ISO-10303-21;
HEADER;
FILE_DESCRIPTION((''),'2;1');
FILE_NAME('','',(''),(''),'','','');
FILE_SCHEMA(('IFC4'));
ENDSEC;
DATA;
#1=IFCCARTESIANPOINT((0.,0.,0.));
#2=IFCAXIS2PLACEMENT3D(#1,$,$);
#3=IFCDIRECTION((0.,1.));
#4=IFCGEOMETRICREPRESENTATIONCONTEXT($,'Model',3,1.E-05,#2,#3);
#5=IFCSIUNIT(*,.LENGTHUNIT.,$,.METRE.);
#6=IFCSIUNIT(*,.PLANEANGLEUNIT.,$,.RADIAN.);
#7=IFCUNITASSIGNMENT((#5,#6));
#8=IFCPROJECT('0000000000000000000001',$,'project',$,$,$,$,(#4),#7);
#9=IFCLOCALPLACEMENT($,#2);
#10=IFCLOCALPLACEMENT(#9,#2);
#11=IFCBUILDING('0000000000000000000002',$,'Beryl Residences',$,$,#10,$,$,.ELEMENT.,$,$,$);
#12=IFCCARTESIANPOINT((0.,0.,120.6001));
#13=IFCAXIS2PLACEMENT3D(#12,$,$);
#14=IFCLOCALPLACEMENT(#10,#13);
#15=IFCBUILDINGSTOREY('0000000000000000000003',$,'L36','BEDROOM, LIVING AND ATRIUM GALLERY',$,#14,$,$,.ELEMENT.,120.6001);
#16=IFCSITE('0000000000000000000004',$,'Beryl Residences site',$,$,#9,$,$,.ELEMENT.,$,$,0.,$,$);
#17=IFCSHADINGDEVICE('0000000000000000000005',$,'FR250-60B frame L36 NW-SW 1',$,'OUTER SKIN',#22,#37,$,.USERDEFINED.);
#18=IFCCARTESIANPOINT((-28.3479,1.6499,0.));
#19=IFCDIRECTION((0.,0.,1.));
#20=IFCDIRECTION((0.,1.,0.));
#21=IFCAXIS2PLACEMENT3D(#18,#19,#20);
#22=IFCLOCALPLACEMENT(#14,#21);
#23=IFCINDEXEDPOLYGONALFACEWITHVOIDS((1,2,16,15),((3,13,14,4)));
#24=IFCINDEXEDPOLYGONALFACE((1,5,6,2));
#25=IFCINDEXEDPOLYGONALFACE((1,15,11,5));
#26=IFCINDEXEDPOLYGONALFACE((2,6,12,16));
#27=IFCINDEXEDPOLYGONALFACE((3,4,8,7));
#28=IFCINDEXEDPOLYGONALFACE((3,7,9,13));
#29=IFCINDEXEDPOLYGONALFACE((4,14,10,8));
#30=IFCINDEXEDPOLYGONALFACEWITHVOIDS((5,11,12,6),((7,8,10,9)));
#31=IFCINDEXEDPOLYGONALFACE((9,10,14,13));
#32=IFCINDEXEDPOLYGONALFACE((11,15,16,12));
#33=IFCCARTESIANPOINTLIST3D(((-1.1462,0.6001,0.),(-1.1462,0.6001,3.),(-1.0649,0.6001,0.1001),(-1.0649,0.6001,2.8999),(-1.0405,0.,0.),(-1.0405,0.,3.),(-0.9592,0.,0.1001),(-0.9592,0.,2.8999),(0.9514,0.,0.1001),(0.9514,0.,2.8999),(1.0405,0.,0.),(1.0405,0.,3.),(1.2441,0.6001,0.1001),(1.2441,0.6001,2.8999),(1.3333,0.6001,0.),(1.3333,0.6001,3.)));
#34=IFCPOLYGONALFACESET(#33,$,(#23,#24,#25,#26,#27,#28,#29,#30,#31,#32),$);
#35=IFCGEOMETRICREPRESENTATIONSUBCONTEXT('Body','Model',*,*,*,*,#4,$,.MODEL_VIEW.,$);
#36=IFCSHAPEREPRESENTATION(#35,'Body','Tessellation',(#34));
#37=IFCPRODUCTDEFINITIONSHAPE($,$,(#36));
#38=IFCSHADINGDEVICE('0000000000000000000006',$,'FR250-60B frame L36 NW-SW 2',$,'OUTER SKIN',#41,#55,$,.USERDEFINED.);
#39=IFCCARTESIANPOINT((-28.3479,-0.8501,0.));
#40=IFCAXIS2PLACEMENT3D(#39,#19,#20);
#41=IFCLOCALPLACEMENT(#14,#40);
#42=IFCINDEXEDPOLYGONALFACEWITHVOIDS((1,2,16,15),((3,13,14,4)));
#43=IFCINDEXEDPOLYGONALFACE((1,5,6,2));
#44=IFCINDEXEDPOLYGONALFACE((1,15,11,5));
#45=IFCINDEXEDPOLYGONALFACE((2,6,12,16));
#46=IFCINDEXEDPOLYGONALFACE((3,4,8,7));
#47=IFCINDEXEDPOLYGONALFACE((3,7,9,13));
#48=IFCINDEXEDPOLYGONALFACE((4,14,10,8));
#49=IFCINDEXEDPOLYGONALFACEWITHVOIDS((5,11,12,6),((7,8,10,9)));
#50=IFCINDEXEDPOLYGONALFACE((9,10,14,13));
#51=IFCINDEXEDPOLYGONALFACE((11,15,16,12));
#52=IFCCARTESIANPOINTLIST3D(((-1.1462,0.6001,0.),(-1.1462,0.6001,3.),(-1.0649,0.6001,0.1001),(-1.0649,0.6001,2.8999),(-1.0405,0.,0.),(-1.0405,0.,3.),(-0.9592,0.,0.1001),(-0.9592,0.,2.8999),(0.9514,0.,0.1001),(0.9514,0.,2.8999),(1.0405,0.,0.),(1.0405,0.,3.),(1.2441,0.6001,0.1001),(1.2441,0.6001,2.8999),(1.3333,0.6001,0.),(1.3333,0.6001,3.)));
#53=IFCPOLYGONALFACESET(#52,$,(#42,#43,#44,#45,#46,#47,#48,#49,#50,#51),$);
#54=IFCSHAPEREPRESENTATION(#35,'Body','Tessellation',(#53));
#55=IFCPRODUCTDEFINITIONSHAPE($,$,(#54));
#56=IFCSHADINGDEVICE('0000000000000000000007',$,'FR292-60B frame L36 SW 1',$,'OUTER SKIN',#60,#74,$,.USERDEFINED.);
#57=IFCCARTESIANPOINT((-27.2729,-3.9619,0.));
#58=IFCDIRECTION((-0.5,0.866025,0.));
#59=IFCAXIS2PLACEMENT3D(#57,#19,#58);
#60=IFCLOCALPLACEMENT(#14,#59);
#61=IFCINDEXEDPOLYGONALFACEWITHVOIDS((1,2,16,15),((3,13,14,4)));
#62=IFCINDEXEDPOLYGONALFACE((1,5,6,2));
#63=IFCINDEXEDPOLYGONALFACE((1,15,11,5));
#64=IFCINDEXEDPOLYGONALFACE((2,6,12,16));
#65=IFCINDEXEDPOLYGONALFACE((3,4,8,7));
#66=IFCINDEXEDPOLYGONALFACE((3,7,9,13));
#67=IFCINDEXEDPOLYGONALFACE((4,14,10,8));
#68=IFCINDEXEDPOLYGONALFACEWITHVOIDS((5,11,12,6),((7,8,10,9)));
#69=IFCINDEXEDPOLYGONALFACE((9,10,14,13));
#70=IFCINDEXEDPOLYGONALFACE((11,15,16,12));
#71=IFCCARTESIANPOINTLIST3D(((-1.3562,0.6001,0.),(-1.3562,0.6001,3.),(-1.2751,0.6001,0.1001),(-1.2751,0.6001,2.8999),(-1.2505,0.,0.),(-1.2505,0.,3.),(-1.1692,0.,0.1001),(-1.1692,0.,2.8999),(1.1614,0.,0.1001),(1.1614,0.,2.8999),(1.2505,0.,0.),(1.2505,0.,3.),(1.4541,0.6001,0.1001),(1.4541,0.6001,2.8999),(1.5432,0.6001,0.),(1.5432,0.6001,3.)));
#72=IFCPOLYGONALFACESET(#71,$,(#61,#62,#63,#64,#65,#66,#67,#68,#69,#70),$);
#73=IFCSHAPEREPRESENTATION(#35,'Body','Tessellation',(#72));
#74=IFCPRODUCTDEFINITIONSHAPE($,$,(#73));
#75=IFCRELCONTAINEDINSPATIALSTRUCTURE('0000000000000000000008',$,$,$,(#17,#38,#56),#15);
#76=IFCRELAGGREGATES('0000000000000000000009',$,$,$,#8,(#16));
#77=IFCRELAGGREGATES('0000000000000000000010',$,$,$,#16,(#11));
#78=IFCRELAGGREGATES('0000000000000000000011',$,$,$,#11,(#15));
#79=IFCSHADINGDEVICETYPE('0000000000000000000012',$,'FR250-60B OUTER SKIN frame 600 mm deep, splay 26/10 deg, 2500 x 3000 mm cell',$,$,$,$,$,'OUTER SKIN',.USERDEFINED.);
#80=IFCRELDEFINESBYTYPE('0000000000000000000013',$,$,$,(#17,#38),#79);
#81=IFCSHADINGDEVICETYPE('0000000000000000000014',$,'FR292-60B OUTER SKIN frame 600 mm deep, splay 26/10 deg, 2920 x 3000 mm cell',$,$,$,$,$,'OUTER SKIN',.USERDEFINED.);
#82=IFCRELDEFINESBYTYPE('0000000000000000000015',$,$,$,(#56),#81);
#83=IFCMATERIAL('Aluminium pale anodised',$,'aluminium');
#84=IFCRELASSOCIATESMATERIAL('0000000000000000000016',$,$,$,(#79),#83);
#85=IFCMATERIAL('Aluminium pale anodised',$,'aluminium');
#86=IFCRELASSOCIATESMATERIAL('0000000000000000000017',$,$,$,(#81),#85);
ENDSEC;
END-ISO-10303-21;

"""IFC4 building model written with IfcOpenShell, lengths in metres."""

from ifc_helpers import new_model, entity, si_unit, direction, frame, origin, place, context, subcontext, project, spatial, source, transform, mapped, material, type_object, type_shapes, element, save


model = new_model("IFC4")

# Units and contexts
model_context = context("Model", 3, precision=1e-05, world=origin(), true_north=direction((0.0, 1.0)))
body_context = subcontext(model_context, "Body", "Model", "MODEL_VIEW")
ifc_project = project(units=[si_unit("LENGTHUNIT", "METRE"), si_unit("PLANEANGLEUNIT", "RADIAN")], contexts=[model_context])

# Site, building, storey
site_placement = place(None, origin())
site = spatial("IfcSite", under=ifc_project, at=site_placement, Name="Beryl Residences site", CompositionType="ELEMENT", RefElevation=0.0)
building_placement = place(site_placement, origin())
building = spatial("IfcBuilding", under=site, at=building_placement, Name="Beryl Residences", CompositionType="ELEMENT")
storey_placement = place(building_placement, frame((0.0, 0.0, 120.6001)))
storey = spatial("IfcBuildingStorey", under=building, at=storey_placement, Name="L36", Description="BEDROOM, LIVING AND ATRIUM GALLERY", CompositionType="ELEMENT", Elevation=120.6001)

# Shading devices
ifc_material_1 = material(Name="Aluminium pale anodised", Category="aluminium")
shading_device_type_1 = type_object("IfcShadingDeviceType", Name="FR250-60B OUTER SKIN frame 600 mm deep, splay 26/10 deg, 2500 x 3000 mm cell", ElementType="OUTER SKIN", PredefinedType="USERDEFINED", material=ifc_material_1)
cartesian_point_1 = entity("IfcCartesianPoint", [-1.0405, 0.0])
cartesian_point_2 = entity("IfcCartesianPoint", [-0.9514, 0.1001])
cartesian_point_3 = entity("IfcCartesianPoint", [-1.3333, 0.0])
cartesian_point_4 = entity("IfcCartesianPoint", [-1.2441, 0.1001])
shared_shape_1 = source(origin(), body_context, "Body", "SweptSolid", [
    entity("IfcExtrudedAreaSolidTapered", entity("IfcArbitraryProfileDefWithVoids", "AREA", None, entity("IfcPolyline", [cartesian_point_1, entity("IfcCartesianPoint", [1.0405, 0.0]), entity("IfcCartesianPoint", [1.0405, 3.0]), entity("IfcCartesianPoint", [-1.0405, 3.0]), cartesian_point_1]), [entity("IfcPolyline", [cartesian_point_2, entity("IfcCartesianPoint", [0.9592, 0.1001]), entity("IfcCartesianPoint", [0.9592, 2.8999]), entity("IfcCartesianPoint", [-0.9514, 2.8999]), cartesian_point_2])]), entity("IfcAxis2Placement3D", entity("IfcCartesianPoint", [0.0, 0.0, 0.0]), entity("IfcDirection", [0.0, 1.0, 0.0]), entity("IfcDirection", [-1.0, 0.0, 0.0])), entity("IfcDirection", [0.0, 0.0, 1.0]), 0.6001, entity("IfcArbitraryProfileDefWithVoids", "AREA", None, entity("IfcPolyline", [cartesian_point_3, entity("IfcCartesianPoint", [1.1462, 0.0]), entity("IfcCartesianPoint", [1.1462, 3.0]), entity("IfcCartesianPoint", [-1.3333, 3.0]), cartesian_point_3]), [entity("IfcPolyline", [cartesian_point_4, entity("IfcCartesianPoint", [1.0649, 0.1001]), entity("IfcCartesianPoint", [1.0649, 2.8999]), entity("IfcCartesianPoint", [-1.2441, 2.8999]), cartesian_point_4])])),
])
type_shapes(shading_device_type_1, [shared_shape_1])
for number, where, z_axis, x_axis, name in (
    (1, (-28.3479, 1.6499, 0.0), (0.0, 0.0, 1.0), (0.0, 1.0, 0.0), "FR250-60B frame L36 NW-SW 1"),
    (2, (-28.3479, -0.8501, 0.0), (0.0, 0.0, 1.0), (0.0, 1.0, 0.0), "FR250-60B frame L36 NW-SW 2"),
):
    element("IfcShadingDevice", number, at=place(storey_placement, frame(where, z_axis=z_axis, x_axis=x_axis)), inside=storey, type_object=shading_device_type_1, Name=name, ObjectType="OUTER SKIN", PredefinedType="USERDEFINED", context=body_context, shape_type="MappedRepresentation", body=[
        mapped(shared_shape_1, transform((0.0, 0.0, 0.0))),
    ])
ifc_material_2 = material(Name="Aluminium pale anodised", Category="aluminium")
shading_device_type_2 = type_object("IfcShadingDeviceType", Name="FR292-60B OUTER SKIN frame 600 mm deep, splay 26/10 deg, 2920 x 3000 mm cell", ElementType="OUTER SKIN", PredefinedType="USERDEFINED", material=ifc_material_2)
cartesian_point_5 = entity("IfcCartesianPoint", [-1.2505, 0.0])
cartesian_point_6 = entity("IfcCartesianPoint", [-1.1614, 0.1001])
cartesian_point_7 = entity("IfcCartesianPoint", [-1.5432, 0.0])
cartesian_point_8 = entity("IfcCartesianPoint", [-1.4541, 0.1001])
shared_shape_2 = source(origin(), body_context, "Body", "SweptSolid", [
    entity("IfcExtrudedAreaSolidTapered", entity("IfcArbitraryProfileDefWithVoids", "AREA", None, entity("IfcPolyline", [cartesian_point_5, entity("IfcCartesianPoint", [1.2505, 0.0]), entity("IfcCartesianPoint", [1.2505, 3.0]), entity("IfcCartesianPoint", [-1.2505, 3.0]), cartesian_point_5]), [entity("IfcPolyline", [cartesian_point_6, entity("IfcCartesianPoint", [1.1692, 0.1001]), entity("IfcCartesianPoint", [1.1692, 2.8999]), entity("IfcCartesianPoint", [-1.1614, 2.8999]), cartesian_point_6])]), entity("IfcAxis2Placement3D", entity("IfcCartesianPoint", [0.0, 0.0, 0.0]), entity("IfcDirection", [0.0, 1.0, 0.0]), entity("IfcDirection", [-1.0, 0.0, 0.0])), entity("IfcDirection", [0.0, 0.0, 1.0]), 0.6001, entity("IfcArbitraryProfileDefWithVoids", "AREA", None, entity("IfcPolyline", [cartesian_point_7, entity("IfcCartesianPoint", [1.3562, 0.0]), entity("IfcCartesianPoint", [1.3562, 3.0]), entity("IfcCartesianPoint", [-1.5432, 3.0]), cartesian_point_7]), [entity("IfcPolyline", [cartesian_point_8, entity("IfcCartesianPoint", [1.2751, 0.1001]), entity("IfcCartesianPoint", [1.2751, 2.8999]), entity("IfcCartesianPoint", [-1.4541, 2.8999]), cartesian_point_8])])),
])
type_shapes(shading_device_type_2, [shared_shape_2])
shading_device_placement = place(storey_placement, frame((-27.2729, -3.9619, 0.0), z_axis=(0.0, 0.0, 1.0), x_axis=(-0.5, 0.866025, 0.0)))
element("IfcShadingDevice", 3, at=shading_device_placement, inside=storey, type_object=shading_device_type_2, Name="FR292-60B frame L36 SW 1", ObjectType="OUTER SKIN", PredefinedType="USERDEFINED", context=body_context, shape_type="MappedRepresentation", body=[
    mapped(shared_shape_2, transform((0.0, 0.0, 0.0))),
])

save(model, "model.ifc")
